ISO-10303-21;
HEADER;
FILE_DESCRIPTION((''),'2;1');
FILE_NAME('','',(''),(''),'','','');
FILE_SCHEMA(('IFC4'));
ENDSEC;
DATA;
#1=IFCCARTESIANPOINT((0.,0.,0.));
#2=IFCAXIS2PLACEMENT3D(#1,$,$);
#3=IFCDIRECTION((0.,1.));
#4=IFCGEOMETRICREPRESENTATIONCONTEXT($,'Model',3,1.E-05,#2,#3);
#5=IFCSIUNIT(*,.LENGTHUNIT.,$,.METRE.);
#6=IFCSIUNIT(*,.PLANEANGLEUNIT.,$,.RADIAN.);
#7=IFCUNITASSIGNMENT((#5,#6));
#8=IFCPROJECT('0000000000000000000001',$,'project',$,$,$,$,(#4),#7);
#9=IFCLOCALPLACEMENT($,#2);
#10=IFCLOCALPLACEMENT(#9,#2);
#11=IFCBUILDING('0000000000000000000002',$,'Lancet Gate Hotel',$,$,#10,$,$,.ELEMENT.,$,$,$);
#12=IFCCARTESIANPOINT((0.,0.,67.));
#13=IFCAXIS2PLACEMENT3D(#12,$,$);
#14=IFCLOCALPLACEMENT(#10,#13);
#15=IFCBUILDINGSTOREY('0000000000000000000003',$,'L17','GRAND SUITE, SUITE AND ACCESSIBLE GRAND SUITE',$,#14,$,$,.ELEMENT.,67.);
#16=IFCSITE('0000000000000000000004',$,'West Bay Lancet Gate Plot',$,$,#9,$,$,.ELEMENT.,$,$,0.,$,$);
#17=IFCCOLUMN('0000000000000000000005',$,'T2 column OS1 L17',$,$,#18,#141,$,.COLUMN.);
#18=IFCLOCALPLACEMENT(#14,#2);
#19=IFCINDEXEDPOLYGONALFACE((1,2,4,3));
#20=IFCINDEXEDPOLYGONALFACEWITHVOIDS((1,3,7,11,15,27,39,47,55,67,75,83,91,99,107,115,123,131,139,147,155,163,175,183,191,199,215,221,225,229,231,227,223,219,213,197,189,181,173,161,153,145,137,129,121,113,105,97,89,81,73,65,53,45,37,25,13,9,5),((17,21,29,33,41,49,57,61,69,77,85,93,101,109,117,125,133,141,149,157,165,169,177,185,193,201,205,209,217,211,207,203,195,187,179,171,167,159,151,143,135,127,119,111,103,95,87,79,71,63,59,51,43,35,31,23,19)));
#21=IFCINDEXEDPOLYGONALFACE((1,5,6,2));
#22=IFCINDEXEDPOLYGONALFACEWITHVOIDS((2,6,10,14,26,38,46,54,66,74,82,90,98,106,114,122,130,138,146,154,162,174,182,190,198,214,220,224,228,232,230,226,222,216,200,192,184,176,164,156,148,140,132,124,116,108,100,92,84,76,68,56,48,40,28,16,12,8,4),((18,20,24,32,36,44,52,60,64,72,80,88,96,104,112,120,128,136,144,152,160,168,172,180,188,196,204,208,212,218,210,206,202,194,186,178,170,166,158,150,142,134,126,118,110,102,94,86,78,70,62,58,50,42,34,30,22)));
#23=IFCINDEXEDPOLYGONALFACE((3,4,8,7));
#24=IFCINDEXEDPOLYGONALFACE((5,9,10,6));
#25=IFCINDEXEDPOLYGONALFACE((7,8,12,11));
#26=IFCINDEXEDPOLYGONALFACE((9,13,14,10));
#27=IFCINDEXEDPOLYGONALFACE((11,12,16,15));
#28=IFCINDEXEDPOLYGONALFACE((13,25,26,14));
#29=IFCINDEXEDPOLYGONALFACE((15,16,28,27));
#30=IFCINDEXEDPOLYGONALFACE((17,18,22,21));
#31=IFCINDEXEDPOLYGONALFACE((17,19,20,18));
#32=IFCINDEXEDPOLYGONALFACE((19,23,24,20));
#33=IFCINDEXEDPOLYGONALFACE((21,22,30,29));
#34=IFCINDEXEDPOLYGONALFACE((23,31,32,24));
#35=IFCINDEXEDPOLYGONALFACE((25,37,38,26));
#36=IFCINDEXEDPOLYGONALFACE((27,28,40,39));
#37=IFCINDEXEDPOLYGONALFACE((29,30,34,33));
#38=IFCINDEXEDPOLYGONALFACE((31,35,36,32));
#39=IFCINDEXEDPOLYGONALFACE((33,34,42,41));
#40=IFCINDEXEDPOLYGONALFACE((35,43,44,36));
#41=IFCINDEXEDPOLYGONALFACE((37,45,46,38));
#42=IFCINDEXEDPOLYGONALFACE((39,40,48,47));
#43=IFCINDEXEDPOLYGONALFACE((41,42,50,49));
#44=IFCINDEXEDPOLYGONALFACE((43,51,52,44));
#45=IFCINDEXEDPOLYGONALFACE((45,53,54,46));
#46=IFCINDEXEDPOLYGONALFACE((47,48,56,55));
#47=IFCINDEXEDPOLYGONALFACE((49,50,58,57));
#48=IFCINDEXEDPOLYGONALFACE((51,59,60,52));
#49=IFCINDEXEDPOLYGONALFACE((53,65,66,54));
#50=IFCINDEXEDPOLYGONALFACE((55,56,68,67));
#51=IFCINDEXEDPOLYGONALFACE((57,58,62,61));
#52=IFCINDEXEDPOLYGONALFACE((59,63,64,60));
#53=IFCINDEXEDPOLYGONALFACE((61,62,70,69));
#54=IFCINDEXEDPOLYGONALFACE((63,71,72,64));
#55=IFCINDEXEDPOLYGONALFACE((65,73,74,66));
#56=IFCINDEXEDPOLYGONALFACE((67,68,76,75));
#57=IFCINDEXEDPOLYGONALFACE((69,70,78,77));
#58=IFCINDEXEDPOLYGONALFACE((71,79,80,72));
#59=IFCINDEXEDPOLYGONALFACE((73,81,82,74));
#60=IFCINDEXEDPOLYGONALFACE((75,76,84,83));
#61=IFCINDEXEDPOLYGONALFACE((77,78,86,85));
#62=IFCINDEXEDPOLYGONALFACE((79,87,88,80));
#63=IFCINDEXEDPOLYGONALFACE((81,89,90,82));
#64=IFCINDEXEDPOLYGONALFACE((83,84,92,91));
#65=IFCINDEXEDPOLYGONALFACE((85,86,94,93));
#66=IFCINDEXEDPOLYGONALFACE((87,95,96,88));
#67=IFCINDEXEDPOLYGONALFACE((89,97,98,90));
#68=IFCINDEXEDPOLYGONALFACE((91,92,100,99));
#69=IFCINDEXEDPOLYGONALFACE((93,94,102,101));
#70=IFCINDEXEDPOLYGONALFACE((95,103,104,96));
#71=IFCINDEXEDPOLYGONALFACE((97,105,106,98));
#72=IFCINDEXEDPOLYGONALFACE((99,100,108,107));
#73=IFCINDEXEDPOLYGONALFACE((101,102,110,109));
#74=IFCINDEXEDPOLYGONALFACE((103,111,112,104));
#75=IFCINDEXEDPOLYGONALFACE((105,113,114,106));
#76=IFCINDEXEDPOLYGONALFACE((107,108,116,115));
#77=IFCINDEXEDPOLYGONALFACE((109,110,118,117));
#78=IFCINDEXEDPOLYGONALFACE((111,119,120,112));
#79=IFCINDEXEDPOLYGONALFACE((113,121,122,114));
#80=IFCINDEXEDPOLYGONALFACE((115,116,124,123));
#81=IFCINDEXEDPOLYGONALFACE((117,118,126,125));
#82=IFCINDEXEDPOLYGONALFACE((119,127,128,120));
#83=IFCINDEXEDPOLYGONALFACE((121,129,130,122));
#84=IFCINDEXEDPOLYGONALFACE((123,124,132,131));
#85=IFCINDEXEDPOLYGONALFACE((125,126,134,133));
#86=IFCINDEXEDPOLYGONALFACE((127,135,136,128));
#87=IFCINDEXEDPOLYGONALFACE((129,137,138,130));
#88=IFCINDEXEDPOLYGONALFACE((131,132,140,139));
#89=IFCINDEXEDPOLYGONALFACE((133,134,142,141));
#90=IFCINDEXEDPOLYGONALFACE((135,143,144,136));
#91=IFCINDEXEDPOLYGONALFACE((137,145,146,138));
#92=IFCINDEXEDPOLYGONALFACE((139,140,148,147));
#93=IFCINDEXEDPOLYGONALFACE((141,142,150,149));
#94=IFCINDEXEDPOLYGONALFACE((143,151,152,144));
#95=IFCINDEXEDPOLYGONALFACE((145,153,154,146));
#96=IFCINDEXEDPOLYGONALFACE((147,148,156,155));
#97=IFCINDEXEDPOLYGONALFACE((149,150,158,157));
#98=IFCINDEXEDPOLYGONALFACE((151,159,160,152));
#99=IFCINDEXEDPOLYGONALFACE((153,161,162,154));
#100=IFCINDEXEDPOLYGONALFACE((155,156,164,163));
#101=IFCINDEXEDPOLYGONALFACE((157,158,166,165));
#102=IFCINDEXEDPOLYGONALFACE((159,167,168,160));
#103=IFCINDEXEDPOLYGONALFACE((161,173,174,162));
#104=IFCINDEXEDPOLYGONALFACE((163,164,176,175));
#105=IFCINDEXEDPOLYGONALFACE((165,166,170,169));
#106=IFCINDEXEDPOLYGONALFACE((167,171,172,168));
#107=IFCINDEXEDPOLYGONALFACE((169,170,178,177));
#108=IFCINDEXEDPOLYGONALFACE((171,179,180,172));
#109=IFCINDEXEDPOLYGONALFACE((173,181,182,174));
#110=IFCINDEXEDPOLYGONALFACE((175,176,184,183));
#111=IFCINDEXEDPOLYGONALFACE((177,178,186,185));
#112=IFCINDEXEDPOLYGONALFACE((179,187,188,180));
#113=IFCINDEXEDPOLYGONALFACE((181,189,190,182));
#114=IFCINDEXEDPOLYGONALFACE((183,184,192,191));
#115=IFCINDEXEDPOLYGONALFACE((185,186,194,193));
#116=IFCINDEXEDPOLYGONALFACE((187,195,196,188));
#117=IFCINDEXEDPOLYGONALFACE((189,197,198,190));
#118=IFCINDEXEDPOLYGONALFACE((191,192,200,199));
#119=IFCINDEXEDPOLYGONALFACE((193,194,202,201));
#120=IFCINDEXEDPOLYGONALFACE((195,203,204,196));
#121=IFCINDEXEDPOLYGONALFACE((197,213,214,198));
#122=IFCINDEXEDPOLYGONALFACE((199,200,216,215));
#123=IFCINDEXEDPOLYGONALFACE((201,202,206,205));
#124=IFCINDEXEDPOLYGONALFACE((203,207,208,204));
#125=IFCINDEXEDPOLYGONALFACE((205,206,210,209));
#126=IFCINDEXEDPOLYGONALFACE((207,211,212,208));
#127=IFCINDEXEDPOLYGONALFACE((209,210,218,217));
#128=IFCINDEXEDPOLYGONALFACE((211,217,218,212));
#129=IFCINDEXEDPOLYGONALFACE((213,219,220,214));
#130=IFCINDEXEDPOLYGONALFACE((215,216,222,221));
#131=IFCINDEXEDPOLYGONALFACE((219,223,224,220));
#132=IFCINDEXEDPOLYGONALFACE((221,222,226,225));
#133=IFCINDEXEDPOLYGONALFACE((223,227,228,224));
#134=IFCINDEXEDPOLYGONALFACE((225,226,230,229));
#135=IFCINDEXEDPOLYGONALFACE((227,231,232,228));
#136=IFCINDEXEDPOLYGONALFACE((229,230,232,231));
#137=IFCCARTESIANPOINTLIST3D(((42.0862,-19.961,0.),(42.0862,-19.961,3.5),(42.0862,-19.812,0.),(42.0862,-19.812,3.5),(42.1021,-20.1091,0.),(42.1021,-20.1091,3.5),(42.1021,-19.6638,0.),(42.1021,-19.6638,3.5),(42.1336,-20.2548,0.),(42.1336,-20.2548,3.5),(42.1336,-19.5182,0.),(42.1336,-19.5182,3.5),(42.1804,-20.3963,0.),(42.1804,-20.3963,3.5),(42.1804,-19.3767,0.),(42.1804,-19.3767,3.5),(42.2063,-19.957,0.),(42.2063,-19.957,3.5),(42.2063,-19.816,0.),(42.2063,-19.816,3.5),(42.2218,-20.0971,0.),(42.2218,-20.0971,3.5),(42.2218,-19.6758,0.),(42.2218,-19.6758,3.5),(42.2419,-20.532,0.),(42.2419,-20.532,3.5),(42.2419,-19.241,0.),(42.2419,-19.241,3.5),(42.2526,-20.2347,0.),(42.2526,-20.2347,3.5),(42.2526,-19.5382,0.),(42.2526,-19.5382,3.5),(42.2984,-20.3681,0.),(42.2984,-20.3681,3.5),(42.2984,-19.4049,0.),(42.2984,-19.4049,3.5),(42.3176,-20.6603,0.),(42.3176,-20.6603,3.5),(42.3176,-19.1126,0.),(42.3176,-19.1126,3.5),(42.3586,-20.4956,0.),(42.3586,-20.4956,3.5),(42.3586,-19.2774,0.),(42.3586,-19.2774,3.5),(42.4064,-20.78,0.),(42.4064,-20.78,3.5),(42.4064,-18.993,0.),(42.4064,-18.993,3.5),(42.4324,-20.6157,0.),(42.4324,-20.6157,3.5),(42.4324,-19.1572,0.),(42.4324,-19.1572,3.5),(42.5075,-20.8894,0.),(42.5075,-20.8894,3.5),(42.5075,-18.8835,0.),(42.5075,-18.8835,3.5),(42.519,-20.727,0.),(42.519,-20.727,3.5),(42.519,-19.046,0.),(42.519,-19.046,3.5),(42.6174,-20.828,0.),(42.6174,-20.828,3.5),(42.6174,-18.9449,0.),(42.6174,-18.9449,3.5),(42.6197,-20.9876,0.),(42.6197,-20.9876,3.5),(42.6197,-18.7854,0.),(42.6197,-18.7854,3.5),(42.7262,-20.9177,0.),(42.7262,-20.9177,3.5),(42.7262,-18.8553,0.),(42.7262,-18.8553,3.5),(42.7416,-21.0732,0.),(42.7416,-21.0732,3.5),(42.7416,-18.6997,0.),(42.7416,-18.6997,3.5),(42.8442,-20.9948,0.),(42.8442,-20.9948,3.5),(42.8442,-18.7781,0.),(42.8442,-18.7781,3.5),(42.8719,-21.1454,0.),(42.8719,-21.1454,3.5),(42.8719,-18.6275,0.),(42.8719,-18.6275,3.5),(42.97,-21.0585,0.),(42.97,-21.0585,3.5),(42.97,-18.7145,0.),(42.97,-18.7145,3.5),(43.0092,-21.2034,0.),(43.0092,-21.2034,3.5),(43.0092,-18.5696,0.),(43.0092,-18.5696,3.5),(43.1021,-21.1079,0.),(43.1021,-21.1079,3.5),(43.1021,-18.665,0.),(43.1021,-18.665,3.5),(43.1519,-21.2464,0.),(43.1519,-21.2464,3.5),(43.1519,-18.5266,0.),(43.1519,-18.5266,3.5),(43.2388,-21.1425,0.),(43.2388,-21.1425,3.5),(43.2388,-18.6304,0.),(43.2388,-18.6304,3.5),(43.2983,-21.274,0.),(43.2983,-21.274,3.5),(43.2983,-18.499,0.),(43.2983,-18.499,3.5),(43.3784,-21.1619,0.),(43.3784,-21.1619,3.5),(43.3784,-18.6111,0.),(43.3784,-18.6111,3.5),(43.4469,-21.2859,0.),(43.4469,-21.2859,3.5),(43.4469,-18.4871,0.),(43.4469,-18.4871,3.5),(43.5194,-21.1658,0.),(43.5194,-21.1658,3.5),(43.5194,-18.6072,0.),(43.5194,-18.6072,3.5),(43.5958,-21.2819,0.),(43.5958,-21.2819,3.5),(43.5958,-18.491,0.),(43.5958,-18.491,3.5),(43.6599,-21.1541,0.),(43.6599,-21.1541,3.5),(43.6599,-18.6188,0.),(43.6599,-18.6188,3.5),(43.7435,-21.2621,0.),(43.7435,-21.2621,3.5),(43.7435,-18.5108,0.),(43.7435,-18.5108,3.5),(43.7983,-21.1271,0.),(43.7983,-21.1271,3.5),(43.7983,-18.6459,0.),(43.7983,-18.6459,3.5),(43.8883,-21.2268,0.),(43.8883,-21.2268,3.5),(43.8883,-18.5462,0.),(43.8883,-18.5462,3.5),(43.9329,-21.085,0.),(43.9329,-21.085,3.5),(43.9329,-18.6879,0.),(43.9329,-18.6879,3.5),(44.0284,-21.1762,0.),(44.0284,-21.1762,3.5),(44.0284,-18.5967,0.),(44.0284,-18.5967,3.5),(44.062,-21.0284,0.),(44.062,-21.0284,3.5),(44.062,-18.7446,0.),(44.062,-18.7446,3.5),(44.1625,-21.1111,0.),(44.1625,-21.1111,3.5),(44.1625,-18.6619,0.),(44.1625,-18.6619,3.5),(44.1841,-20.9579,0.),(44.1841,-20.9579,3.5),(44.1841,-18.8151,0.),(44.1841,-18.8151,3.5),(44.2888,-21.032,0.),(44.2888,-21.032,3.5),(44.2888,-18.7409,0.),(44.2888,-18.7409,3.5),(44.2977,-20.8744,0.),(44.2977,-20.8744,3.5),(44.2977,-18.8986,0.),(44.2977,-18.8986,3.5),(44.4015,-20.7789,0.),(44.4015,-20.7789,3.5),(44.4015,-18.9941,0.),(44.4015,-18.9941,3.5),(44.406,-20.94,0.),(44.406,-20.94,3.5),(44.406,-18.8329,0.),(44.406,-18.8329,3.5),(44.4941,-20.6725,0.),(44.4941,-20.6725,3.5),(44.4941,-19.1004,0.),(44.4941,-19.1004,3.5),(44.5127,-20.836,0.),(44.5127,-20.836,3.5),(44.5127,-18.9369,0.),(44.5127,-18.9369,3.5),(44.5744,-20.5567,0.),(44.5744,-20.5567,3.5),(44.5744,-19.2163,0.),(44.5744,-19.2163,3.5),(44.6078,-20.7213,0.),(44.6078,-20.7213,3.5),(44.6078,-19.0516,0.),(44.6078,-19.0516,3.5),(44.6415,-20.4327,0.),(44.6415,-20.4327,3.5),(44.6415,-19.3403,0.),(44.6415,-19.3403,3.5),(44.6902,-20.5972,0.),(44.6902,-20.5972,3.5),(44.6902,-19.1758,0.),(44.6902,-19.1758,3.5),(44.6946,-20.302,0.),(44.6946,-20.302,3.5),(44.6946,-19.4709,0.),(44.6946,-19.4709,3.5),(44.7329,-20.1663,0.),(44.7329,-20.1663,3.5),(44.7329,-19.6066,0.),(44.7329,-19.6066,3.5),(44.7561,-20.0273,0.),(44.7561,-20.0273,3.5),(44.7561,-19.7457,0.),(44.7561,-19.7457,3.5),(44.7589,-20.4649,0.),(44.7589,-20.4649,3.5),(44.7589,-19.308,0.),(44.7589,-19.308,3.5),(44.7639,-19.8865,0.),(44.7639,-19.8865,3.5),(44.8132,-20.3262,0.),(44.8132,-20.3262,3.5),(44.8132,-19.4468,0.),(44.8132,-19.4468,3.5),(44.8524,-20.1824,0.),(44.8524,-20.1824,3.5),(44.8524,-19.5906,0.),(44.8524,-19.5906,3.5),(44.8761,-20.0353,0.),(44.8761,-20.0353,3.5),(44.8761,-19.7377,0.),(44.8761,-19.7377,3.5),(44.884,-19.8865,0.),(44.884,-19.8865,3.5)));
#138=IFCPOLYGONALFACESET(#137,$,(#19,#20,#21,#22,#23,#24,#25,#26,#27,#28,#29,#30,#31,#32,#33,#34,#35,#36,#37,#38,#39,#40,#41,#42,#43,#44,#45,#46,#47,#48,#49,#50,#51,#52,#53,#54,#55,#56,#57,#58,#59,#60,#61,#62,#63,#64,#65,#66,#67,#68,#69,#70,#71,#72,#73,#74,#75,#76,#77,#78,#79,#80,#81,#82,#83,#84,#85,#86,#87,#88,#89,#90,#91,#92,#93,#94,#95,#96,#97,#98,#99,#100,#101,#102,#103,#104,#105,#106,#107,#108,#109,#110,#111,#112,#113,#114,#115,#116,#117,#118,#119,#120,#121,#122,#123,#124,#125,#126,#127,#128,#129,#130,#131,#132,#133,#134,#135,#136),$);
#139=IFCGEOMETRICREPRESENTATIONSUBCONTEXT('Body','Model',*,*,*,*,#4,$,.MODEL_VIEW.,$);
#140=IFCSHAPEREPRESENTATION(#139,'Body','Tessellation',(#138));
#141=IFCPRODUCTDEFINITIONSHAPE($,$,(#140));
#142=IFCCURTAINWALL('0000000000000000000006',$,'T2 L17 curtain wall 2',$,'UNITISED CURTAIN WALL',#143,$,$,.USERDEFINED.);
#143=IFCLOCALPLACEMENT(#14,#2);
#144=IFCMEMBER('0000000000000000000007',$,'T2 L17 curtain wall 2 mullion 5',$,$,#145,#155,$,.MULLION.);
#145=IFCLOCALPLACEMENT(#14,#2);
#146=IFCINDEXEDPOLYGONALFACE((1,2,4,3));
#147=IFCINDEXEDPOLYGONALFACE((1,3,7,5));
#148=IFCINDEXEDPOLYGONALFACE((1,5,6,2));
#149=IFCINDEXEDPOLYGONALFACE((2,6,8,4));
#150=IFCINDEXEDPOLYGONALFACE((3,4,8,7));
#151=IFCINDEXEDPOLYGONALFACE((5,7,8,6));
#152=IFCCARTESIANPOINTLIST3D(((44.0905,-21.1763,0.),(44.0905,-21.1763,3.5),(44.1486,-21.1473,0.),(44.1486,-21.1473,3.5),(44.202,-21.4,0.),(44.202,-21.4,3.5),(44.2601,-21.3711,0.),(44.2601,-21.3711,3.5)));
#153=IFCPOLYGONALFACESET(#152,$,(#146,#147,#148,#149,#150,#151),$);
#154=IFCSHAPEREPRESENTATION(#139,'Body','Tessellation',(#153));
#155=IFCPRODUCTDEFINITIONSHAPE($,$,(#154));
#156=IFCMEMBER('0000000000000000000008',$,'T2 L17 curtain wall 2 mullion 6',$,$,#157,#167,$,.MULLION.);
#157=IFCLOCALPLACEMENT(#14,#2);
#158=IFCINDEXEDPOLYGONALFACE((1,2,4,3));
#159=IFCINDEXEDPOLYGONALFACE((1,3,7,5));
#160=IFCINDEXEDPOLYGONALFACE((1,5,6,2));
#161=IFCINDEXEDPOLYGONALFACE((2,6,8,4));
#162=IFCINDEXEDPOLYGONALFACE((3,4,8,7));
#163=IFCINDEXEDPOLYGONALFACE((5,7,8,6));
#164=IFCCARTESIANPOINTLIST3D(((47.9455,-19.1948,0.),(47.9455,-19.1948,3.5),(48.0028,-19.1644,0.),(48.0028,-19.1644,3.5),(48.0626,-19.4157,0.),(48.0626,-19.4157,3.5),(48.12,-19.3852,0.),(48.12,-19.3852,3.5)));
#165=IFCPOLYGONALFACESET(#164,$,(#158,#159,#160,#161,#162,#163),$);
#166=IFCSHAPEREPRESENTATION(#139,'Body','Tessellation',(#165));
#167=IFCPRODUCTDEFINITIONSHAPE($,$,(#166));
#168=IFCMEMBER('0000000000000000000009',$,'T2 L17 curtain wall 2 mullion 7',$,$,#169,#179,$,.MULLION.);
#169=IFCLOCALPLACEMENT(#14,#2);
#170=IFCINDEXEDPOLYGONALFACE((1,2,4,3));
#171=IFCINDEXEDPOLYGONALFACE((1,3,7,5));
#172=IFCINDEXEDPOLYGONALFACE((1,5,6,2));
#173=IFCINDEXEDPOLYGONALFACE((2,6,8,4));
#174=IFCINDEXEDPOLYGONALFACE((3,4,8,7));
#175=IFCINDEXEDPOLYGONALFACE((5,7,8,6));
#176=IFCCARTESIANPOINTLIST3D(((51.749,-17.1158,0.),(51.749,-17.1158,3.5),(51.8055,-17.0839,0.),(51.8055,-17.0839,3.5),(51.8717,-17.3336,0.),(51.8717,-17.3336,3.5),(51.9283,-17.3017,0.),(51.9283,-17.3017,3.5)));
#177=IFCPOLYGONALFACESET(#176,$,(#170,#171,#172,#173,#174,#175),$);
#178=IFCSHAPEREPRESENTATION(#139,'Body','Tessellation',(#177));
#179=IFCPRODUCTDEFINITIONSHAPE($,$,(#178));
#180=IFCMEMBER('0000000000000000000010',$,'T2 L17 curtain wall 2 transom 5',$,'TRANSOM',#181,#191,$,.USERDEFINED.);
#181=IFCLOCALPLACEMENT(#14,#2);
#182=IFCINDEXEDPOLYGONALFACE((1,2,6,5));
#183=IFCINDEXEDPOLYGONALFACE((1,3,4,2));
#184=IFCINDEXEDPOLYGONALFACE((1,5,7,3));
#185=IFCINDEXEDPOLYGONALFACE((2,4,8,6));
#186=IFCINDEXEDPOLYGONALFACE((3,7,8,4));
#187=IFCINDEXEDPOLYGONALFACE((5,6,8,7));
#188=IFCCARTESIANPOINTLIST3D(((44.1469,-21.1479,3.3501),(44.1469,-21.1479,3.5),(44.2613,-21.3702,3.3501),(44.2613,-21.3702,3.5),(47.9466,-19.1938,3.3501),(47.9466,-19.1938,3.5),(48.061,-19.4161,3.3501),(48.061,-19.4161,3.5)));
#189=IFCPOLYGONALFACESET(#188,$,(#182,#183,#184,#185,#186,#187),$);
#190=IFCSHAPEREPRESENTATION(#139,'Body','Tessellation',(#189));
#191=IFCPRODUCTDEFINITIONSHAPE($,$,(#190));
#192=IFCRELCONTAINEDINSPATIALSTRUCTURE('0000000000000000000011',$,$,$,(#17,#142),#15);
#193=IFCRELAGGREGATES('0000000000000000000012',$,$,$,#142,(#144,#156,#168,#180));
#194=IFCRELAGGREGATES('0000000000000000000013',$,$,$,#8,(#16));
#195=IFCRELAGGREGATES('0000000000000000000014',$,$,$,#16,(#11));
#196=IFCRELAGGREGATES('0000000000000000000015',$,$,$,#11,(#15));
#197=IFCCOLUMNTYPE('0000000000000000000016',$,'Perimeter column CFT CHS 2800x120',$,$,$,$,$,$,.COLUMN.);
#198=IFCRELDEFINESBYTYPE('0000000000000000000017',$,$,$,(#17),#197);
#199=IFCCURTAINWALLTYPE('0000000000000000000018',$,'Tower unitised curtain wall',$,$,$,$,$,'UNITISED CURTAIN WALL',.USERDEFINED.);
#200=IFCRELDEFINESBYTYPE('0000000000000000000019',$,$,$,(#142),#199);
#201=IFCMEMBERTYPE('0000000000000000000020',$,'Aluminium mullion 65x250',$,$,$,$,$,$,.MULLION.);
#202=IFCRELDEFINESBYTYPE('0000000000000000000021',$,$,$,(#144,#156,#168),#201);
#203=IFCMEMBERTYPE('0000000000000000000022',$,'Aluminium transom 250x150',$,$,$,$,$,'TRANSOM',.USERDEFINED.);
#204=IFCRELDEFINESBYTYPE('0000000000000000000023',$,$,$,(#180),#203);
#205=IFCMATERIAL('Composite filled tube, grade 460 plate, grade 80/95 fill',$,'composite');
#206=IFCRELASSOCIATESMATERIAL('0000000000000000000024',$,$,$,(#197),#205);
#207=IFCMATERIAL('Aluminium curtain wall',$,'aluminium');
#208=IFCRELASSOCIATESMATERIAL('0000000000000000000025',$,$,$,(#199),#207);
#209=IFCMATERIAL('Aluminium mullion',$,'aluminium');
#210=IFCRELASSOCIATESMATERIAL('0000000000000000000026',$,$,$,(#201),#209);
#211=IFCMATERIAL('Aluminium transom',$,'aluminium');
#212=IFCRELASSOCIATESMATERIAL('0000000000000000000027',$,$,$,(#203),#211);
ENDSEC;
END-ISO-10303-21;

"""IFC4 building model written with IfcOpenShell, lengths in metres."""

from ifc_helpers import new_model, si_unit, direction, frame, origin, origin_2d, place, context, subcontext, project, spatial, rectangle, hollow_circle, extrude, material, material_profile, profile_set, type_object, element, aggregate, save


model = new_model("IFC4")

# Units and contexts
model_context = context("Model", 3, precision=1e-05, world=origin(), true_north=direction((0.0, 1.0)))
body_context = subcontext(model_context, "Body", "Model", "MODEL_VIEW")
ifc_project = project(units=[si_unit("LENGTHUNIT", "METRE"), si_unit("PLANEANGLEUNIT", "RADIAN")], contexts=[model_context])

# Site, building, storey
site_placement = place(None, origin())
site = spatial("IfcSite", under=ifc_project, at=site_placement, Name="West Bay Lancet Gate Plot", CompositionType="ELEMENT", RefElevation=0.0)
building_placement = place(site_placement, origin())
building = spatial("IfcBuilding", under=site, at=building_placement, Name="Lancet Gate Hotel", CompositionType="ELEMENT")
storey_placement = place(building_placement, frame((0.0, 0.0, 67.0)))
storey = spatial("IfcBuildingStorey", under=building, at=storey_placement, Name="L17", Description="GRAND SUITE, SUITE AND ACCESSIBLE GRAND SUITE", CompositionType="ELEMENT", Elevation=67.0)

# Column
ifc_material_1 = material(Name="Composite filled tube, grade 460 plate, grade 80/95 fill", Category="composite")
ifc_material_profile_1 = material_profile(ifc_material_1, hollow_circle(Radius=1.3999, WallThickness=0.1201, at=origin_2d()), Name="CHS 2800x120")
ifc_profile_set_1 = profile_set([ifc_material_profile_1], Name="Composite filled tube, grade 460 plate, grade 80/95 fill")
column_type = type_object("IfcColumnType", Name="Perimeter column CFT CHS 2800x120", PredefinedType="COLUMN", material=ifc_profile_set_1)
column_placement = place(storey_placement, frame((43.4841, -19.8865, 0.0), z_axis=(0.0, 0.0, 1.0), x_axis=(1.0, 0.0, 0.0)))
element("IfcColumn", 1, at=column_placement, inside=storey, type_object=column_type, Name="T2 column OS1 L17", PredefinedType="COLUMN", context=body_context, shape_type="SweptSolid", body=[
    extrude(hollow_circle(Radius=1.3999, WallThickness=0.1201, at=origin_2d()), origin(), (0.0, 0.0, 1.0), 3.5),
])

# Curtain wall, members
ifc_material_2 = material(Name="Aluminium curtain wall", Category="aluminium")
curtain_wall_type = type_object("IfcCurtainWallType", Name="Tower unitised curtain wall", ElementType="UNITISED CURTAIN WALL", PredefinedType="USERDEFINED", material=ifc_material_2)
curtain_wall_placement = place(storey_placement, origin())
curtain_wall = element("IfcCurtainWall", 2, at=curtain_wall_placement, inside=storey, type_object=curtain_wall_type, Name="T2 L17 curtain wall 2", ObjectType="UNITISED CURTAIN WALL", PredefinedType="USERDEFINED")
ifc_material_3 = material(Name="Aluminium mullion", Category="aluminium")
ifc_material_profile_2 = material_profile(ifc_material_3, rectangle(XDim=0.0649, YDim=0.25, at=origin_2d()), Name="MULLION 65x250")
ifc_profile_set_2 = profile_set([ifc_material_profile_2], Name="Aluminium mullion")
member_type_1 = type_object("IfcMemberType", Name="Aluminium mullion 65x250", PredefinedType="MULLION", material=ifc_profile_set_2)
member_1_placement = place(storey_placement, frame((44.1753, -21.2737, 0.0), z_axis=(0.0, 0.0, 1.0), x_axis=(0.895044, 0.445978, 0.0)))
member_1 = element("IfcMember", 3, at=member_1_placement, type_object=member_type_1, Name="T2 L17 curtain wall 2 mullion 5", PredefinedType="MULLION", context=body_context, shape_type="SweptSolid", body=[
    extrude(rectangle(XDim=0.0649, YDim=0.25, at=origin_2d()), origin(), (0.0, 0.0, 1.0), 3.5),
])
member_2_placement = place(storey_placement, frame((48.0327, -19.29, 0.0), z_axis=(0.0, 0.0, 1.0), x_axis=(0.883403, 0.468613, 0.0)))
member_2 = element("IfcMember", 4, at=member_2_placement, type_object=member_type_1, Name="T2 L17 curtain wall 2 mullion 6", PredefinedType="MULLION", context=body_context, shape_type="SweptSolid", body=[
    extrude(rectangle(XDim=0.0649, YDim=0.25, at=origin_2d()), origin(), (0.0, 0.0, 1.0), 3.5),
])
member_3_placement = place(storey_placement, frame((51.8386, -17.2087, 0.0), z_axis=(0.0, 0.0, 1.0), x_axis=(0.87119, 0.490945, 0.0)))
member_3 = element("IfcMember", 5, at=member_3_placement, type_object=member_type_1, Name="T2 L17 curtain wall 2 mullion 7", PredefinedType="MULLION", context=body_context, shape_type="SweptSolid", body=[
    extrude(rectangle(XDim=0.0649, YDim=0.25, at=origin_2d()), origin(), (0.0, 0.0, 1.0), 3.5),
])
ifc_material_4 = material(Name="Aluminium transom", Category="aluminium")
ifc_material_profile_3 = material_profile(ifc_material_4, rectangle(XDim=0.25, YDim=0.1499, at=origin_2d()), Name="TRANSOM 250x150")
ifc_profile_set_3 = profile_set([ifc_material_profile_3], Name="Aluminium transom")
member_type_2 = type_object("IfcMemberType", Name="Aluminium transom 250x150", ElementType="TRANSOM", PredefinedType="USERDEFINED", material=ifc_profile_set_3)
member_4_placement = place(storey_placement, frame((44.2041, -21.259, 3.425), z_axis=(0.889296, 0.457333, 0.0), x_axis=(-0.457333, 0.889296, 0.0)))
member_4 = element("IfcMember", 6, at=member_4_placement, type_object=member_type_2, Name="T2 L17 curtain wall 2 transom 5", ObjectType="TRANSOM", PredefinedType="USERDEFINED", context=body_context, shape_type="SweptSolid", body=[
    extrude(rectangle(XDim=0.25, YDim=0.1499, at=origin_2d()), origin(), (0.0, 0.0, 1.0), 4.2727),
])

aggregate(curtain_wall, [member_1, member_2, member_3, member_4])

save(model, "model.ifc")
